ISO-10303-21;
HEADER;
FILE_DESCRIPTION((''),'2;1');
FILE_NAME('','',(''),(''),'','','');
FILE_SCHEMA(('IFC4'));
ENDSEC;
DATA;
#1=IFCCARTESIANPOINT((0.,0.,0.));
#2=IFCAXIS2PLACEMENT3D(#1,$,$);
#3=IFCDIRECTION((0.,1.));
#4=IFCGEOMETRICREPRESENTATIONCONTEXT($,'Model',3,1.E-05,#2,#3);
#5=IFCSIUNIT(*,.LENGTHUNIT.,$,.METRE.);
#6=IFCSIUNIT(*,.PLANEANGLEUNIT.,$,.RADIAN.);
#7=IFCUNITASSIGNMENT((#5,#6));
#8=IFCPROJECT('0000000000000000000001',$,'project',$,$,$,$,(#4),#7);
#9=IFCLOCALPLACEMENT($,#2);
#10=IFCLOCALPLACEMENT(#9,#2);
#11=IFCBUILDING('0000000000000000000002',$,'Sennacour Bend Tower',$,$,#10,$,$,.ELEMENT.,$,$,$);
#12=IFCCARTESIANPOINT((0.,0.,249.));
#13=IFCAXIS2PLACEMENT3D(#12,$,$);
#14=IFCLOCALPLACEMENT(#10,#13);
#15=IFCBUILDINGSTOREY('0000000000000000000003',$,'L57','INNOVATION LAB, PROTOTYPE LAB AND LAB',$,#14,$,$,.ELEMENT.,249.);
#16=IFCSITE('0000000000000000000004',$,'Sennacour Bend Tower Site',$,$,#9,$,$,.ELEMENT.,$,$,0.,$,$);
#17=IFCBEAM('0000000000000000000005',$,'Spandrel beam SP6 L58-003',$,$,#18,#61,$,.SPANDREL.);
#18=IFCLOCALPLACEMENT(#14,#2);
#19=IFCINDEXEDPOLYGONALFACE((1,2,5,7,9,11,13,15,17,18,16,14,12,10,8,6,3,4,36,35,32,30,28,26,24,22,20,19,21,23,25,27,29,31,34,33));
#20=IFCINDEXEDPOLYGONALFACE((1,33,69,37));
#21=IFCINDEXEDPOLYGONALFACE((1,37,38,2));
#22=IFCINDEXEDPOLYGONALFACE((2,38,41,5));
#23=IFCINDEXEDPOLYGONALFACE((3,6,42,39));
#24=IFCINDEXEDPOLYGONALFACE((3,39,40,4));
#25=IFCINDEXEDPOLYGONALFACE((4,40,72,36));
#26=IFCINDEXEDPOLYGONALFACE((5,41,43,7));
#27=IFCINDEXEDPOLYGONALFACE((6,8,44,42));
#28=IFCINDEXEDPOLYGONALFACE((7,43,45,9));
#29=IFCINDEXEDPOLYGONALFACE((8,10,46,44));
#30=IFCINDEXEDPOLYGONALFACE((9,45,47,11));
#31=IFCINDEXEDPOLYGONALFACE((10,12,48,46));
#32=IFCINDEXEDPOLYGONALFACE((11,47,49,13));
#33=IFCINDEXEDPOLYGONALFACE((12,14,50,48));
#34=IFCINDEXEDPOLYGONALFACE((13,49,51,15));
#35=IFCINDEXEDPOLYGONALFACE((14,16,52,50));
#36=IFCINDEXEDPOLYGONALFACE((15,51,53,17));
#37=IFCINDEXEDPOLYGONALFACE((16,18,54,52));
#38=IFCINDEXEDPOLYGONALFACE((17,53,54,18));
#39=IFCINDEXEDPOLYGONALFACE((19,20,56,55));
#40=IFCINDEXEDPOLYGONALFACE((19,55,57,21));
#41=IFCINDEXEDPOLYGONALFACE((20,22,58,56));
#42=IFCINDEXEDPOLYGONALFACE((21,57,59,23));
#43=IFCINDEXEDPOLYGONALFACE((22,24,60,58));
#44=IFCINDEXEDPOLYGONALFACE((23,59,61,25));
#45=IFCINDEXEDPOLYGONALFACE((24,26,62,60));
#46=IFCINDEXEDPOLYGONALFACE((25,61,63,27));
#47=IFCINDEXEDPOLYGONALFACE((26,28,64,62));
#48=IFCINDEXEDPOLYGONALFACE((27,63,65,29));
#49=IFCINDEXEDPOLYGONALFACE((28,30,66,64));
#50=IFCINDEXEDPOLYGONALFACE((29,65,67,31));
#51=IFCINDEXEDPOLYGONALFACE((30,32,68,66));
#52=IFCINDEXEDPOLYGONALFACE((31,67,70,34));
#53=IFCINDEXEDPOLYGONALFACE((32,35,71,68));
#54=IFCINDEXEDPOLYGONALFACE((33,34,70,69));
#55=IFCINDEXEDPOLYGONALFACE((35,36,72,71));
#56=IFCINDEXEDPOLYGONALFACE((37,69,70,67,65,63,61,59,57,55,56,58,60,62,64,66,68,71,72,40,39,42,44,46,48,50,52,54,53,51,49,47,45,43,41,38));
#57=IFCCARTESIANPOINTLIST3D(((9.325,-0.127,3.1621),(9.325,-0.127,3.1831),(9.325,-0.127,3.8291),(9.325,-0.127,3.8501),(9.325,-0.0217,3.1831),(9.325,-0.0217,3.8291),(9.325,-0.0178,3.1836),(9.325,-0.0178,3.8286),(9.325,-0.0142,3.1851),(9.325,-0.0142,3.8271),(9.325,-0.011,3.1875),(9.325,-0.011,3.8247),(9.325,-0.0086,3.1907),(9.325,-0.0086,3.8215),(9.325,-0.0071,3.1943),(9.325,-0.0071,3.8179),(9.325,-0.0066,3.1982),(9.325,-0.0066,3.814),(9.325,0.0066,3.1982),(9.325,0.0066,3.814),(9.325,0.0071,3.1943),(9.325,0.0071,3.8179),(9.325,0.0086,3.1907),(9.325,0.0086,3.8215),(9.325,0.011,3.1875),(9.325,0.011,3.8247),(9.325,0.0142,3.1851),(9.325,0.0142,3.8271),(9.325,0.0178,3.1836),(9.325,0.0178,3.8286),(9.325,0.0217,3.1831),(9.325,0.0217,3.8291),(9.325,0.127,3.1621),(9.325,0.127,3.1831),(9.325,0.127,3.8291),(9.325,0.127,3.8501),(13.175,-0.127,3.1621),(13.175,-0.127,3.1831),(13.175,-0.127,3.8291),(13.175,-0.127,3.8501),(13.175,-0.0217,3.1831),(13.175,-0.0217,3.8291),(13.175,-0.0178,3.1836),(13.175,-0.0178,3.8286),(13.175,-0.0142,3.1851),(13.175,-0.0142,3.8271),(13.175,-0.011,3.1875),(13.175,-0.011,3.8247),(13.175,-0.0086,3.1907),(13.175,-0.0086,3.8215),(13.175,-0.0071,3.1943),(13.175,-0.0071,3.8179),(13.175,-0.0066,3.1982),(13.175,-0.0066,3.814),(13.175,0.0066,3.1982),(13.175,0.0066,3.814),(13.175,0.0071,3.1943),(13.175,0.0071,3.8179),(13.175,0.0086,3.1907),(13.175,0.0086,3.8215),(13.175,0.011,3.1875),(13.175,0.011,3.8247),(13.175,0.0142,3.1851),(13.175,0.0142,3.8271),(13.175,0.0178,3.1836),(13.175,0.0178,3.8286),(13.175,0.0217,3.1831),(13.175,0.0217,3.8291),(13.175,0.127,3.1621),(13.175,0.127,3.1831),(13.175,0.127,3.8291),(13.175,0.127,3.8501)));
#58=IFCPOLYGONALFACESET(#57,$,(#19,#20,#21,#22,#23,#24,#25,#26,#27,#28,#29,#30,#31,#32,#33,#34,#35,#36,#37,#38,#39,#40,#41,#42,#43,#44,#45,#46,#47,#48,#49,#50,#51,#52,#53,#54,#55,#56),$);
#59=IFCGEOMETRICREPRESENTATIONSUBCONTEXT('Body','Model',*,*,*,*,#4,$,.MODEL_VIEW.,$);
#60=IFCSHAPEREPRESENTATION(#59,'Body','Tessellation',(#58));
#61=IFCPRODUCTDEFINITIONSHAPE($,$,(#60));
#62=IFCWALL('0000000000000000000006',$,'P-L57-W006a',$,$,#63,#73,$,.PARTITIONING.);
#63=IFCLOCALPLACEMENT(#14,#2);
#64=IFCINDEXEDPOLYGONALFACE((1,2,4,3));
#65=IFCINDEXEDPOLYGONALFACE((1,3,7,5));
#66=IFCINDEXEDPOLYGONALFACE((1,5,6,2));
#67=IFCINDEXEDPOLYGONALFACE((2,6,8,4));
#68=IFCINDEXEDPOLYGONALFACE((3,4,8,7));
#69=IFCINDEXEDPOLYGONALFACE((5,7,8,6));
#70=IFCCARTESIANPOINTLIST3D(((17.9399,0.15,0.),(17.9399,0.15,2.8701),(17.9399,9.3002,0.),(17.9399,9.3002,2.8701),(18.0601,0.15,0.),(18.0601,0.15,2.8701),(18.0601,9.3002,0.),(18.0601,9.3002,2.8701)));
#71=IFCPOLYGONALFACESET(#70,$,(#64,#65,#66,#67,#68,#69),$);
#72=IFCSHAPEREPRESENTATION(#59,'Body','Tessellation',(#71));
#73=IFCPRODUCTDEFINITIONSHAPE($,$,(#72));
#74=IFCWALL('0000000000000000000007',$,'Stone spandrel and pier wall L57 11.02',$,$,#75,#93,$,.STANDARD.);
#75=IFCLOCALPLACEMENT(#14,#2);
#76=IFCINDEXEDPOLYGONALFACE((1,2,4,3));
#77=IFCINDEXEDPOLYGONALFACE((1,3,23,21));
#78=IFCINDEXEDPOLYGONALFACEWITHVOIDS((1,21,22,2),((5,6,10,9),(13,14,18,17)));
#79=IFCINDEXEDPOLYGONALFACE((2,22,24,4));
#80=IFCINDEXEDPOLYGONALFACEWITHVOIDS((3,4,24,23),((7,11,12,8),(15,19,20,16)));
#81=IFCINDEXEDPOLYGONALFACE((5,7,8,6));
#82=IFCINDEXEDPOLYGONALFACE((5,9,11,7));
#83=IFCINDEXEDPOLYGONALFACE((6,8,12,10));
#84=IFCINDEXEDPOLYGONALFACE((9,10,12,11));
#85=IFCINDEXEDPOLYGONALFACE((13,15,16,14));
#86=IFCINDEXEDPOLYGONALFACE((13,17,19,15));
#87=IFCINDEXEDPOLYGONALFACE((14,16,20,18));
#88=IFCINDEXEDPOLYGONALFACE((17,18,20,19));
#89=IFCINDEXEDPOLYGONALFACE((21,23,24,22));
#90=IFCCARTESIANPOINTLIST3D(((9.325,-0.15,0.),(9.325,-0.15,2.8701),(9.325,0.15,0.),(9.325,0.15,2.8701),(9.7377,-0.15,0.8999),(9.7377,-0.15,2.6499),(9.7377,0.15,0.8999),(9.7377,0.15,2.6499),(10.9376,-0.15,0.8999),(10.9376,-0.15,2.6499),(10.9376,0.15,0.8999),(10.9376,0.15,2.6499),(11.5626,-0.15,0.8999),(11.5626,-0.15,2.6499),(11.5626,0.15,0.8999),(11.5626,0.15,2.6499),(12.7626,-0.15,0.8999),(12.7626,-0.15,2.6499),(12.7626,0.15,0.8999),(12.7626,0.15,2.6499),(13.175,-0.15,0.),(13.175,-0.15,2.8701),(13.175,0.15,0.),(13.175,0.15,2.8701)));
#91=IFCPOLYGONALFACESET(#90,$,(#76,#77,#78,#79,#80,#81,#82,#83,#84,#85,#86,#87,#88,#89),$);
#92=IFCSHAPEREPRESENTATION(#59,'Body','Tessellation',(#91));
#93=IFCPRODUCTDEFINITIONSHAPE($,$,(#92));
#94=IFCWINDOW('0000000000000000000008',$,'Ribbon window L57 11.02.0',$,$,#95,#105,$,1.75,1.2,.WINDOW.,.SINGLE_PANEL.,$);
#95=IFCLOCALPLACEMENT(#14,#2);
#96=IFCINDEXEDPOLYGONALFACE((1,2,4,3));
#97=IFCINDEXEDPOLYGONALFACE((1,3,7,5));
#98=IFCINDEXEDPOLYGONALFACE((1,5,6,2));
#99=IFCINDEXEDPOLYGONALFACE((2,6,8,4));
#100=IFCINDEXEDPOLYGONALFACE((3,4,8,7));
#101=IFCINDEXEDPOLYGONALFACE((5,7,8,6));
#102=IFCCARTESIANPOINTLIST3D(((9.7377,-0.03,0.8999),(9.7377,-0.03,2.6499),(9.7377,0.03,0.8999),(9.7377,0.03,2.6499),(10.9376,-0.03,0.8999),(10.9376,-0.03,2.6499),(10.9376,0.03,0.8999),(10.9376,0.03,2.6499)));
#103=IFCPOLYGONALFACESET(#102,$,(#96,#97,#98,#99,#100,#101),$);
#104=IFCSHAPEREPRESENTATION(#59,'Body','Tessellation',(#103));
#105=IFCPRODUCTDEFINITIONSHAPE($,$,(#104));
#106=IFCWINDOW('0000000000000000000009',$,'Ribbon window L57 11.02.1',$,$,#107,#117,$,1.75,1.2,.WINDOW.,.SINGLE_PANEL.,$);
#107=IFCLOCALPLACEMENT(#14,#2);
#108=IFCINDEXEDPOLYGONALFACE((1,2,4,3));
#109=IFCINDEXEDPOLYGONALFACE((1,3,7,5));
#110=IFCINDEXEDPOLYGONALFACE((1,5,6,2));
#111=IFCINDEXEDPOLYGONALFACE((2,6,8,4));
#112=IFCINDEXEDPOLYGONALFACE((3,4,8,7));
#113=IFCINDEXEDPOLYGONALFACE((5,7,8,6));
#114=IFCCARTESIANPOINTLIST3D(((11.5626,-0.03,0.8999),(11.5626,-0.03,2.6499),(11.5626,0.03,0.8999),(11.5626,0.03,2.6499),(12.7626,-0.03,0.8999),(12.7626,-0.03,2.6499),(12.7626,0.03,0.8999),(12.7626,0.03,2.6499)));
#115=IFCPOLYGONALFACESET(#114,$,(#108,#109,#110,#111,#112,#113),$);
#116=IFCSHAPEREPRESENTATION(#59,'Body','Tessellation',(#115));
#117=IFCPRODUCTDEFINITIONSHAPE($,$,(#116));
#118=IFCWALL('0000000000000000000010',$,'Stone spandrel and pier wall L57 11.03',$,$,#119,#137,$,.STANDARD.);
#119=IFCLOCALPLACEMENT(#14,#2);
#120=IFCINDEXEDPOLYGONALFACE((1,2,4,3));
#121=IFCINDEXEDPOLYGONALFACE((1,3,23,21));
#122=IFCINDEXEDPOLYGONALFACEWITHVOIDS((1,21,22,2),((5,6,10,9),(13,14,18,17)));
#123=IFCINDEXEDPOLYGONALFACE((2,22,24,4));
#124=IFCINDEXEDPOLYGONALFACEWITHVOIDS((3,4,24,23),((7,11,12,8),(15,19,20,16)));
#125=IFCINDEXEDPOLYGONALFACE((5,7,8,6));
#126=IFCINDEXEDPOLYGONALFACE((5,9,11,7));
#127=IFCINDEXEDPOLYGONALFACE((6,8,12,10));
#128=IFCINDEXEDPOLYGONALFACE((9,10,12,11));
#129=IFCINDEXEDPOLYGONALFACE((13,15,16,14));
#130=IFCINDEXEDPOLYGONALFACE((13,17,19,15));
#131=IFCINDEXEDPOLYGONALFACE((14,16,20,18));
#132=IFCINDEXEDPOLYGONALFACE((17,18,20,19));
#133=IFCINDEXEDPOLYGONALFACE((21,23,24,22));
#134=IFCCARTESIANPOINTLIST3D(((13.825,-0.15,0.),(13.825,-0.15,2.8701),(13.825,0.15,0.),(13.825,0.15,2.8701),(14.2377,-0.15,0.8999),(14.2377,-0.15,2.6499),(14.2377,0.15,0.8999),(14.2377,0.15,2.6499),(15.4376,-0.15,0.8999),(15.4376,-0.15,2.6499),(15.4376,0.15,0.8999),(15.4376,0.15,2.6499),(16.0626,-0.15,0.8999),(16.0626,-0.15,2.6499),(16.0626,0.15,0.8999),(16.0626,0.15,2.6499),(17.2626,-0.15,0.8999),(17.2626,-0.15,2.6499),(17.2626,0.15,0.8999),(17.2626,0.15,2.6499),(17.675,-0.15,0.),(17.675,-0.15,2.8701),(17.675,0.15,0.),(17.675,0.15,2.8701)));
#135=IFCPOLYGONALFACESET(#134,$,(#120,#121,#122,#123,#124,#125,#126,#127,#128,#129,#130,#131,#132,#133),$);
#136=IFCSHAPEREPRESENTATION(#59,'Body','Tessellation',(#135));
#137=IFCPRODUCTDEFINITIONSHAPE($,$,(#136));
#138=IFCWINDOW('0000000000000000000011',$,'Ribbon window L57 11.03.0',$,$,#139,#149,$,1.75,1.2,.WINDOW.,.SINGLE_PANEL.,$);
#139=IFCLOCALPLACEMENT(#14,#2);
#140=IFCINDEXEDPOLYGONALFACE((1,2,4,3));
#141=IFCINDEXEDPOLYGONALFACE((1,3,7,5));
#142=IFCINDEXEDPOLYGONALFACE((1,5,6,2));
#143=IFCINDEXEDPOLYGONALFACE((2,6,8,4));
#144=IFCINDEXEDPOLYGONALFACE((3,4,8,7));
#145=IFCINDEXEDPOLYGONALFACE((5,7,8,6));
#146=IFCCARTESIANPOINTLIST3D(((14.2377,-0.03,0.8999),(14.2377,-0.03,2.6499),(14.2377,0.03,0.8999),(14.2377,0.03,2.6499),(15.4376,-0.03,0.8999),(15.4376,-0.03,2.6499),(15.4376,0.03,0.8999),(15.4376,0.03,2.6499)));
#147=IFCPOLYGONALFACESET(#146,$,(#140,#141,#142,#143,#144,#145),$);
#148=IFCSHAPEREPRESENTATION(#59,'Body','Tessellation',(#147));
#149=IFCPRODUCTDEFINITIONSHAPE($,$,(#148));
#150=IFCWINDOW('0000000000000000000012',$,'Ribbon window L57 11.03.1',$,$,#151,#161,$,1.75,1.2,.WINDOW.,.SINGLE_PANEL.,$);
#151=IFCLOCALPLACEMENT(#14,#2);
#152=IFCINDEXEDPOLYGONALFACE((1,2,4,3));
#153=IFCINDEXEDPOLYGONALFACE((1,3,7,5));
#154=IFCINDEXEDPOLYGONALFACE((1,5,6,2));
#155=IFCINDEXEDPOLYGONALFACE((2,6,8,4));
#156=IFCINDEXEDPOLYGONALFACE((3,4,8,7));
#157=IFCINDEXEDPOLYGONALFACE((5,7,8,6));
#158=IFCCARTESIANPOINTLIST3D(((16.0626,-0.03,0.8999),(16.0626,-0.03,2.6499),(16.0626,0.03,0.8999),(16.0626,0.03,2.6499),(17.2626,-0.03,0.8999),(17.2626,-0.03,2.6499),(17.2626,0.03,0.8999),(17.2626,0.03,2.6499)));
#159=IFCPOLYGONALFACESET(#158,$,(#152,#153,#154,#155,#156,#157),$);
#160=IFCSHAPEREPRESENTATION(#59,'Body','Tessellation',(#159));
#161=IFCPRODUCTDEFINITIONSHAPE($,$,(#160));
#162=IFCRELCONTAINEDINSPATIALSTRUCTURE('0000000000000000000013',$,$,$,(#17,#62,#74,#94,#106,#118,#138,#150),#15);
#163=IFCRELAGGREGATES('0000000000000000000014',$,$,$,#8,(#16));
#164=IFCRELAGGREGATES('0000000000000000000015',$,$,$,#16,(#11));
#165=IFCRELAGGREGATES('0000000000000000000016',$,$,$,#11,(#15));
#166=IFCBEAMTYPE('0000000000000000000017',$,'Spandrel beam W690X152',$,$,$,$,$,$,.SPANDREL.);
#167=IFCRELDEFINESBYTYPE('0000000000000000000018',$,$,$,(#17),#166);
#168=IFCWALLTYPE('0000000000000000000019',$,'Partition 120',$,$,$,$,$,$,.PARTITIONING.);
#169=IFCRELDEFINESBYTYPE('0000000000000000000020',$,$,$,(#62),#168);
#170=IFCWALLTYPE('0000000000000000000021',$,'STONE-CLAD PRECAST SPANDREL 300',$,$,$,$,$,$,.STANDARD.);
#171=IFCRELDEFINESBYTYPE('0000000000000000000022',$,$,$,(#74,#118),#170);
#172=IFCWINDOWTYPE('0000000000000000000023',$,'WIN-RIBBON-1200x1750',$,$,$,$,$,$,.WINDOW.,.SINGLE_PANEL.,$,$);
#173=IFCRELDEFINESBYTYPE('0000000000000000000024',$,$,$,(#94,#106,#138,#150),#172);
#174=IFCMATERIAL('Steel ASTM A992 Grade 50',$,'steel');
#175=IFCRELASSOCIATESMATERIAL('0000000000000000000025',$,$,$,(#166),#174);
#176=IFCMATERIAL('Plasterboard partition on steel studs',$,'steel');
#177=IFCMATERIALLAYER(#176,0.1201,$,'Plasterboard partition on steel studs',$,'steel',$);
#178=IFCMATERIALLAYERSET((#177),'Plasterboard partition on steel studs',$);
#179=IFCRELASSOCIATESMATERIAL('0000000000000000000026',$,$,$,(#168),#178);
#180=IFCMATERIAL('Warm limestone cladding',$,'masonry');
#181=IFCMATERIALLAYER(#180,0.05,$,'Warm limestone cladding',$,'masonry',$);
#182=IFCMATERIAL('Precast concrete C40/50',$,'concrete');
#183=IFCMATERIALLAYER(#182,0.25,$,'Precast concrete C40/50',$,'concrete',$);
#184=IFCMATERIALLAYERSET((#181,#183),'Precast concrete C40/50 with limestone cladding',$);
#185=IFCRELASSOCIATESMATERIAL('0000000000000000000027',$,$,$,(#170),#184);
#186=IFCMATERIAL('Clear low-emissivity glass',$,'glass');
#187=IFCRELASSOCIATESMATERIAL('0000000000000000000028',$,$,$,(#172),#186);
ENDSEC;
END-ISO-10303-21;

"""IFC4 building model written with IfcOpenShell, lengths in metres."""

from ifc_helpers import new_model, si_unit, direction, frame, frame_2d, origin, origin_2d, place, context, subcontext, project, spatial, rectangle, i_section, extrude, material, layer, layer_set, material_profile, profile_set, type_object, element, fill, save


model = new_model("IFC4")

# Units and contexts
model_context = context("Model", 3, precision=1e-05, world=origin(), true_north=direction((0.0, 1.0)))
body_context = subcontext(model_context, "Body", "Model", "MODEL_VIEW")
ifc_project = project(units=[si_unit("LENGTHUNIT", "METRE"), si_unit("PLANEANGLEUNIT", "RADIAN")], contexts=[model_context])

# Site, building, storey
site_placement = place(None, origin())
site = spatial("IfcSite", under=ifc_project, at=site_placement, Name="Sennacour Bend Tower Site", CompositionType="ELEMENT", RefElevation=0.0)
building_placement = place(site_placement, origin())
building = spatial("IfcBuilding", under=site, at=building_placement, Name="Sennacour Bend Tower", CompositionType="ELEMENT")
storey_placement = place(building_placement, frame((0.0, 0.0, 249.0)))
storey = spatial("IfcBuildingStorey", under=building, at=storey_placement, Name="L57", Description="INNOVATION LAB, PROTOTYPE LAB AND LAB", CompositionType="ELEMENT", Elevation=249.0)

# Beam
ifc_material_1 = material(Name="Steel ASTM A992 Grade 50", Category="steel")
ifc_material_profile_1 = material_profile(ifc_material_1, i_section(OverallWidth=0.2539, OverallDepth=0.688, WebThickness=0.0132, FlangeThickness=0.021, FilletRadius=0.0151, at=origin_2d()), Name="Steel ASTM A992 Grade 50", Category="steel")
ifc_profile_set_1 = profile_set([ifc_material_profile_1], Name="Steel ASTM A992 Grade 50")
beam_type_1 = type_object("IfcBeamType", Name="Spandrel beam W690X152", PredefinedType="SPANDREL", material=ifc_profile_set_1)
for number, where, z_axis, x_axis, name in (
    (1, (13.175, 0.0, 3.5061), (-1.0, 0.0, 0.0), (0.0, -1.0, 0.0), "Spandrel beam SP6 L58-003"),
):
    element("IfcBeam", number, at=place(storey_placement, frame(where, z_axis=z_axis, x_axis=x_axis)), inside=storey, type_object=beam_type_1, Name=name, PredefinedType="SPANDREL", context=body_context, shape_type="SweptSolid", body=[
        extrude(i_section(OverallWidth=0.2539, OverallDepth=0.688, WebThickness=0.0132, FlangeThickness=0.021, FilletRadius=0.0151, at=origin_2d()), origin(), (0.0, 0.0, 1.0), 3.8501),
    ])

# Wall
ifc_material_2 = material(Name="Plasterboard partition on steel studs", Category="steel")
ifc_layer_1 = layer(ifc_material_2, 0.1201, Name="Plasterboard partition on steel studs", Category="steel")
ifc_layer_set_1 = layer_set([ifc_layer_1], Name="Plasterboard partition on steel studs")
wall_type_1 = type_object("IfcWallType", Name="Partition 120", PredefinedType="PARTITIONING", material=ifc_layer_set_1)
wall_1_placement = place(storey_placement, frame((18.0, 0.1499, 0.0), z_axis=(0.0, 0.0, 1.0), x_axis=(0.0, 1.0, 0.0)))
element("IfcWall", 2, at=wall_1_placement, inside=storey, type_object=wall_type_1, Name="P-L57-W006a", PredefinedType="PARTITIONING", context=body_context, shape_type="SweptSolid", body=[
    extrude(rectangle(XDim=9.1501, YDim=0.1201, at=frame_2d((4.5752, 0.0))), origin(), (0.0, 0.0, 1.0), 2.8701),
])

# Walls, openings, windows
ifc_material_3 = material(Name="Warm limestone cladding", Category="masonry")
ifc_layer_2 = layer(ifc_material_3, 0.05, Name="Warm limestone cladding", Category="masonry")
ifc_material_4 = material(Name="Precast concrete C40/50", Category="concrete")
ifc_layer_3 = layer(ifc_material_4, 0.25, Name="Precast concrete C40/50", Category="concrete")
ifc_layer_set_2 = layer_set([ifc_layer_2, ifc_layer_3], Name="Precast concrete C40/50 with limestone cladding")
wall_type_2 = type_object("IfcWallType", Name="STONE-CLAD PRECAST SPANDREL 300", PredefinedType="STANDARD", material=ifc_layer_set_2)
wall_2_placement = place(storey_placement, frame((9.325, 0.0, 0.0), z_axis=(0.0, 0.0, 1.0), x_axis=(1.0, 0.0, 0.0)))
wall_2 = element("IfcWall", 3, at=wall_2_placement, inside=storey, type_object=wall_type_2, Name="Stone spandrel and pier wall L57 11.02", PredefinedType="STANDARD", context=body_context, shape_type="SweptSolid", body=[
    extrude(rectangle(XDim=3.8501, YDim=0.3, at=frame_2d((1.925, 0.0))), origin(), (0.0, 0.0, 1.0), 2.8701),
])
opening_1_placement = place(wall_2_placement, frame((0.4126, 0.0, 0.8999)))
opening_1 = element("IfcOpeningElement", 4, at=opening_1_placement, cuts=wall_2, PredefinedType="OPENING", context=body_context, shape_type="SweptSolid", body=[
    extrude(rectangle(XDim=1.2, YDim=1.75, at=frame_2d((0.6001, 0.875))), frame((0.0, 0.1602, 0.0), z_axis=(0.0, -1.0, 0.0), x_axis=(1.0, 0.0, 0.0)), (0.0, 0.0, 1.0), 0.3201),
])
opening_2_placement = place(wall_2_placement, frame((2.2375, 0.0, 0.8999)))
opening_2 = element("IfcOpeningElement", 5, at=opening_2_placement, cuts=wall_2, PredefinedType="OPENING", context=body_context, shape_type="SweptSolid", body=[
    extrude(rectangle(XDim=1.2, YDim=1.75, at=frame_2d((0.6001, 0.875))), frame((0.0, 0.1602, 0.0), z_axis=(0.0, -1.0, 0.0), x_axis=(1.0, 0.0, 0.0)), (0.0, 0.0, 1.0), 0.3201),
])
ifc_material_5 = material(Name="Clear low-emissivity glass", Category="glass")
window_type = type_object("IfcWindowType", Name="WIN-RIBBON-1200x1750", PartitioningType="SINGLE_PANEL", PredefinedType="WINDOW", material=ifc_material_5)
window_1_placement = place(opening_1_placement, origin())
window_1 = element("IfcWindow", 6, at=window_1_placement, inside=storey, type_object=window_type, Name="Ribbon window L57 11.02.0", OverallHeight=1.75, OverallWidth=1.2, PartitioningType="SINGLE_PANEL", PredefinedType="WINDOW", context=body_context, shape_type="SweptSolid", body=[
    extrude(rectangle(XDim=1.2, YDim=1.75, at=frame_2d((0.6001, 0.875))), frame((0.0, 0.03, 0.0), z_axis=(0.0, -1.0, 0.0), x_axis=(1.0, 0.0, 0.0)), (0.0, 0.0, 1.0), 0.0601),
])
fill(opening_1, window_1)
window_2_placement = place(opening_2_placement, origin())
window_2 = element("IfcWindow", 7, at=window_2_placement, inside=storey, type_object=window_type, Name="Ribbon window L57 11.02.1", OverallHeight=1.75, OverallWidth=1.2, PartitioningType="SINGLE_PANEL", PredefinedType="WINDOW", context=body_context, shape_type="SweptSolid", body=[
    extrude(rectangle(XDim=1.2, YDim=1.75, at=frame_2d((0.6001, 0.875))), frame((0.0, 0.03, 0.0), z_axis=(0.0, -1.0, 0.0), x_axis=(1.0, 0.0, 0.0)), (0.0, 0.0, 1.0), 0.0601),
])
fill(opening_2, window_2)
wall_3_placement = place(storey_placement, frame((13.825, 0.0, 0.0), z_axis=(0.0, 0.0, 1.0), x_axis=(1.0, 0.0, 0.0)))
wall_3 = element("IfcWall", 8, at=wall_3_placement, inside=storey, type_object=wall_type_2, Name="Stone spandrel and pier wall L57 11.03", PredefinedType="STANDARD", context=body_context, shape_type="SweptSolid", body=[
    extrude(rectangle(XDim=3.8501, YDim=0.3, at=frame_2d((1.925, 0.0))), origin(), (0.0, 0.0, 1.0), 2.8701),
])
opening_3_placement = place(wall_3_placement, frame((0.4126, 0.0, 0.8999)))
opening_3 = element("IfcOpeningElement", 9, at=opening_3_placement, cuts=wall_3, PredefinedType="OPENING", context=body_context, shape_type="SweptSolid", body=[
    extrude(rectangle(XDim=1.2, YDim=1.75, at=frame_2d((0.6001, 0.875))), frame((0.0, 0.1602, 0.0), z_axis=(0.0, -1.0, 0.0), x_axis=(1.0, 0.0, 0.0)), (0.0, 0.0, 1.0), 0.3201),
])
opening_4_placement = place(wall_3_placement, frame((2.2375, 0.0, 0.8999)))
opening_4 = element("IfcOpeningElement", 10, at=opening_4_placement, cuts=wall_3, PredefinedType="OPENING", context=body_context, shape_type="SweptSolid", body=[
    extrude(rectangle(XDim=1.2, YDim=1.75, at=frame_2d((0.6001, 0.875))), frame((0.0, 0.1602, 0.0), z_axis=(0.0, -1.0, 0.0), x_axis=(1.0, 0.0, 0.0)), (0.0, 0.0, 1.0), 0.3201),
])
window_3_placement = place(opening_3_placement, origin())
window_3 = element("IfcWindow", 11, at=window_3_placement, inside=storey, type_object=window_type, Name="Ribbon window L57 11.03.0", OverallHeight=1.75, OverallWidth=1.2, PartitioningType="SINGLE_PANEL", PredefinedType="WINDOW", context=body_context, shape_type="SweptSolid", body=[
    extrude(rectangle(XDim=1.2, YDim=1.75, at=frame_2d((0.6001, 0.875))), frame((0.0, 0.03, 0.0), z_axis=(0.0, -1.0, 0.0), x_axis=(1.0, 0.0, 0.0)), (0.0, 0.0, 1.0), 0.0601),
])
fill(opening_3, window_3)
window_4_placement = place(opening_4_placement, origin())
window_4 = element("IfcWindow", 12, at=window_4_placement, inside=storey, type_object=window_type, Name="Ribbon window L57 11.03.1", OverallHeight=1.75, OverallWidth=1.2, PartitioningType="SINGLE_PANEL", PredefinedType="WINDOW", context=body_context, shape_type="SweptSolid", body=[
    extrude(rectangle(XDim=1.2, YDim=1.75, at=frame_2d((0.6001, 0.875))), frame((0.0, 0.03, 0.0), z_axis=(0.0, -1.0, 0.0), x_axis=(1.0, 0.0, 0.0)), (0.0, 0.0, 1.0), 0.0601),
])
fill(opening_4, window_4)

save(model, "model.ifc")
